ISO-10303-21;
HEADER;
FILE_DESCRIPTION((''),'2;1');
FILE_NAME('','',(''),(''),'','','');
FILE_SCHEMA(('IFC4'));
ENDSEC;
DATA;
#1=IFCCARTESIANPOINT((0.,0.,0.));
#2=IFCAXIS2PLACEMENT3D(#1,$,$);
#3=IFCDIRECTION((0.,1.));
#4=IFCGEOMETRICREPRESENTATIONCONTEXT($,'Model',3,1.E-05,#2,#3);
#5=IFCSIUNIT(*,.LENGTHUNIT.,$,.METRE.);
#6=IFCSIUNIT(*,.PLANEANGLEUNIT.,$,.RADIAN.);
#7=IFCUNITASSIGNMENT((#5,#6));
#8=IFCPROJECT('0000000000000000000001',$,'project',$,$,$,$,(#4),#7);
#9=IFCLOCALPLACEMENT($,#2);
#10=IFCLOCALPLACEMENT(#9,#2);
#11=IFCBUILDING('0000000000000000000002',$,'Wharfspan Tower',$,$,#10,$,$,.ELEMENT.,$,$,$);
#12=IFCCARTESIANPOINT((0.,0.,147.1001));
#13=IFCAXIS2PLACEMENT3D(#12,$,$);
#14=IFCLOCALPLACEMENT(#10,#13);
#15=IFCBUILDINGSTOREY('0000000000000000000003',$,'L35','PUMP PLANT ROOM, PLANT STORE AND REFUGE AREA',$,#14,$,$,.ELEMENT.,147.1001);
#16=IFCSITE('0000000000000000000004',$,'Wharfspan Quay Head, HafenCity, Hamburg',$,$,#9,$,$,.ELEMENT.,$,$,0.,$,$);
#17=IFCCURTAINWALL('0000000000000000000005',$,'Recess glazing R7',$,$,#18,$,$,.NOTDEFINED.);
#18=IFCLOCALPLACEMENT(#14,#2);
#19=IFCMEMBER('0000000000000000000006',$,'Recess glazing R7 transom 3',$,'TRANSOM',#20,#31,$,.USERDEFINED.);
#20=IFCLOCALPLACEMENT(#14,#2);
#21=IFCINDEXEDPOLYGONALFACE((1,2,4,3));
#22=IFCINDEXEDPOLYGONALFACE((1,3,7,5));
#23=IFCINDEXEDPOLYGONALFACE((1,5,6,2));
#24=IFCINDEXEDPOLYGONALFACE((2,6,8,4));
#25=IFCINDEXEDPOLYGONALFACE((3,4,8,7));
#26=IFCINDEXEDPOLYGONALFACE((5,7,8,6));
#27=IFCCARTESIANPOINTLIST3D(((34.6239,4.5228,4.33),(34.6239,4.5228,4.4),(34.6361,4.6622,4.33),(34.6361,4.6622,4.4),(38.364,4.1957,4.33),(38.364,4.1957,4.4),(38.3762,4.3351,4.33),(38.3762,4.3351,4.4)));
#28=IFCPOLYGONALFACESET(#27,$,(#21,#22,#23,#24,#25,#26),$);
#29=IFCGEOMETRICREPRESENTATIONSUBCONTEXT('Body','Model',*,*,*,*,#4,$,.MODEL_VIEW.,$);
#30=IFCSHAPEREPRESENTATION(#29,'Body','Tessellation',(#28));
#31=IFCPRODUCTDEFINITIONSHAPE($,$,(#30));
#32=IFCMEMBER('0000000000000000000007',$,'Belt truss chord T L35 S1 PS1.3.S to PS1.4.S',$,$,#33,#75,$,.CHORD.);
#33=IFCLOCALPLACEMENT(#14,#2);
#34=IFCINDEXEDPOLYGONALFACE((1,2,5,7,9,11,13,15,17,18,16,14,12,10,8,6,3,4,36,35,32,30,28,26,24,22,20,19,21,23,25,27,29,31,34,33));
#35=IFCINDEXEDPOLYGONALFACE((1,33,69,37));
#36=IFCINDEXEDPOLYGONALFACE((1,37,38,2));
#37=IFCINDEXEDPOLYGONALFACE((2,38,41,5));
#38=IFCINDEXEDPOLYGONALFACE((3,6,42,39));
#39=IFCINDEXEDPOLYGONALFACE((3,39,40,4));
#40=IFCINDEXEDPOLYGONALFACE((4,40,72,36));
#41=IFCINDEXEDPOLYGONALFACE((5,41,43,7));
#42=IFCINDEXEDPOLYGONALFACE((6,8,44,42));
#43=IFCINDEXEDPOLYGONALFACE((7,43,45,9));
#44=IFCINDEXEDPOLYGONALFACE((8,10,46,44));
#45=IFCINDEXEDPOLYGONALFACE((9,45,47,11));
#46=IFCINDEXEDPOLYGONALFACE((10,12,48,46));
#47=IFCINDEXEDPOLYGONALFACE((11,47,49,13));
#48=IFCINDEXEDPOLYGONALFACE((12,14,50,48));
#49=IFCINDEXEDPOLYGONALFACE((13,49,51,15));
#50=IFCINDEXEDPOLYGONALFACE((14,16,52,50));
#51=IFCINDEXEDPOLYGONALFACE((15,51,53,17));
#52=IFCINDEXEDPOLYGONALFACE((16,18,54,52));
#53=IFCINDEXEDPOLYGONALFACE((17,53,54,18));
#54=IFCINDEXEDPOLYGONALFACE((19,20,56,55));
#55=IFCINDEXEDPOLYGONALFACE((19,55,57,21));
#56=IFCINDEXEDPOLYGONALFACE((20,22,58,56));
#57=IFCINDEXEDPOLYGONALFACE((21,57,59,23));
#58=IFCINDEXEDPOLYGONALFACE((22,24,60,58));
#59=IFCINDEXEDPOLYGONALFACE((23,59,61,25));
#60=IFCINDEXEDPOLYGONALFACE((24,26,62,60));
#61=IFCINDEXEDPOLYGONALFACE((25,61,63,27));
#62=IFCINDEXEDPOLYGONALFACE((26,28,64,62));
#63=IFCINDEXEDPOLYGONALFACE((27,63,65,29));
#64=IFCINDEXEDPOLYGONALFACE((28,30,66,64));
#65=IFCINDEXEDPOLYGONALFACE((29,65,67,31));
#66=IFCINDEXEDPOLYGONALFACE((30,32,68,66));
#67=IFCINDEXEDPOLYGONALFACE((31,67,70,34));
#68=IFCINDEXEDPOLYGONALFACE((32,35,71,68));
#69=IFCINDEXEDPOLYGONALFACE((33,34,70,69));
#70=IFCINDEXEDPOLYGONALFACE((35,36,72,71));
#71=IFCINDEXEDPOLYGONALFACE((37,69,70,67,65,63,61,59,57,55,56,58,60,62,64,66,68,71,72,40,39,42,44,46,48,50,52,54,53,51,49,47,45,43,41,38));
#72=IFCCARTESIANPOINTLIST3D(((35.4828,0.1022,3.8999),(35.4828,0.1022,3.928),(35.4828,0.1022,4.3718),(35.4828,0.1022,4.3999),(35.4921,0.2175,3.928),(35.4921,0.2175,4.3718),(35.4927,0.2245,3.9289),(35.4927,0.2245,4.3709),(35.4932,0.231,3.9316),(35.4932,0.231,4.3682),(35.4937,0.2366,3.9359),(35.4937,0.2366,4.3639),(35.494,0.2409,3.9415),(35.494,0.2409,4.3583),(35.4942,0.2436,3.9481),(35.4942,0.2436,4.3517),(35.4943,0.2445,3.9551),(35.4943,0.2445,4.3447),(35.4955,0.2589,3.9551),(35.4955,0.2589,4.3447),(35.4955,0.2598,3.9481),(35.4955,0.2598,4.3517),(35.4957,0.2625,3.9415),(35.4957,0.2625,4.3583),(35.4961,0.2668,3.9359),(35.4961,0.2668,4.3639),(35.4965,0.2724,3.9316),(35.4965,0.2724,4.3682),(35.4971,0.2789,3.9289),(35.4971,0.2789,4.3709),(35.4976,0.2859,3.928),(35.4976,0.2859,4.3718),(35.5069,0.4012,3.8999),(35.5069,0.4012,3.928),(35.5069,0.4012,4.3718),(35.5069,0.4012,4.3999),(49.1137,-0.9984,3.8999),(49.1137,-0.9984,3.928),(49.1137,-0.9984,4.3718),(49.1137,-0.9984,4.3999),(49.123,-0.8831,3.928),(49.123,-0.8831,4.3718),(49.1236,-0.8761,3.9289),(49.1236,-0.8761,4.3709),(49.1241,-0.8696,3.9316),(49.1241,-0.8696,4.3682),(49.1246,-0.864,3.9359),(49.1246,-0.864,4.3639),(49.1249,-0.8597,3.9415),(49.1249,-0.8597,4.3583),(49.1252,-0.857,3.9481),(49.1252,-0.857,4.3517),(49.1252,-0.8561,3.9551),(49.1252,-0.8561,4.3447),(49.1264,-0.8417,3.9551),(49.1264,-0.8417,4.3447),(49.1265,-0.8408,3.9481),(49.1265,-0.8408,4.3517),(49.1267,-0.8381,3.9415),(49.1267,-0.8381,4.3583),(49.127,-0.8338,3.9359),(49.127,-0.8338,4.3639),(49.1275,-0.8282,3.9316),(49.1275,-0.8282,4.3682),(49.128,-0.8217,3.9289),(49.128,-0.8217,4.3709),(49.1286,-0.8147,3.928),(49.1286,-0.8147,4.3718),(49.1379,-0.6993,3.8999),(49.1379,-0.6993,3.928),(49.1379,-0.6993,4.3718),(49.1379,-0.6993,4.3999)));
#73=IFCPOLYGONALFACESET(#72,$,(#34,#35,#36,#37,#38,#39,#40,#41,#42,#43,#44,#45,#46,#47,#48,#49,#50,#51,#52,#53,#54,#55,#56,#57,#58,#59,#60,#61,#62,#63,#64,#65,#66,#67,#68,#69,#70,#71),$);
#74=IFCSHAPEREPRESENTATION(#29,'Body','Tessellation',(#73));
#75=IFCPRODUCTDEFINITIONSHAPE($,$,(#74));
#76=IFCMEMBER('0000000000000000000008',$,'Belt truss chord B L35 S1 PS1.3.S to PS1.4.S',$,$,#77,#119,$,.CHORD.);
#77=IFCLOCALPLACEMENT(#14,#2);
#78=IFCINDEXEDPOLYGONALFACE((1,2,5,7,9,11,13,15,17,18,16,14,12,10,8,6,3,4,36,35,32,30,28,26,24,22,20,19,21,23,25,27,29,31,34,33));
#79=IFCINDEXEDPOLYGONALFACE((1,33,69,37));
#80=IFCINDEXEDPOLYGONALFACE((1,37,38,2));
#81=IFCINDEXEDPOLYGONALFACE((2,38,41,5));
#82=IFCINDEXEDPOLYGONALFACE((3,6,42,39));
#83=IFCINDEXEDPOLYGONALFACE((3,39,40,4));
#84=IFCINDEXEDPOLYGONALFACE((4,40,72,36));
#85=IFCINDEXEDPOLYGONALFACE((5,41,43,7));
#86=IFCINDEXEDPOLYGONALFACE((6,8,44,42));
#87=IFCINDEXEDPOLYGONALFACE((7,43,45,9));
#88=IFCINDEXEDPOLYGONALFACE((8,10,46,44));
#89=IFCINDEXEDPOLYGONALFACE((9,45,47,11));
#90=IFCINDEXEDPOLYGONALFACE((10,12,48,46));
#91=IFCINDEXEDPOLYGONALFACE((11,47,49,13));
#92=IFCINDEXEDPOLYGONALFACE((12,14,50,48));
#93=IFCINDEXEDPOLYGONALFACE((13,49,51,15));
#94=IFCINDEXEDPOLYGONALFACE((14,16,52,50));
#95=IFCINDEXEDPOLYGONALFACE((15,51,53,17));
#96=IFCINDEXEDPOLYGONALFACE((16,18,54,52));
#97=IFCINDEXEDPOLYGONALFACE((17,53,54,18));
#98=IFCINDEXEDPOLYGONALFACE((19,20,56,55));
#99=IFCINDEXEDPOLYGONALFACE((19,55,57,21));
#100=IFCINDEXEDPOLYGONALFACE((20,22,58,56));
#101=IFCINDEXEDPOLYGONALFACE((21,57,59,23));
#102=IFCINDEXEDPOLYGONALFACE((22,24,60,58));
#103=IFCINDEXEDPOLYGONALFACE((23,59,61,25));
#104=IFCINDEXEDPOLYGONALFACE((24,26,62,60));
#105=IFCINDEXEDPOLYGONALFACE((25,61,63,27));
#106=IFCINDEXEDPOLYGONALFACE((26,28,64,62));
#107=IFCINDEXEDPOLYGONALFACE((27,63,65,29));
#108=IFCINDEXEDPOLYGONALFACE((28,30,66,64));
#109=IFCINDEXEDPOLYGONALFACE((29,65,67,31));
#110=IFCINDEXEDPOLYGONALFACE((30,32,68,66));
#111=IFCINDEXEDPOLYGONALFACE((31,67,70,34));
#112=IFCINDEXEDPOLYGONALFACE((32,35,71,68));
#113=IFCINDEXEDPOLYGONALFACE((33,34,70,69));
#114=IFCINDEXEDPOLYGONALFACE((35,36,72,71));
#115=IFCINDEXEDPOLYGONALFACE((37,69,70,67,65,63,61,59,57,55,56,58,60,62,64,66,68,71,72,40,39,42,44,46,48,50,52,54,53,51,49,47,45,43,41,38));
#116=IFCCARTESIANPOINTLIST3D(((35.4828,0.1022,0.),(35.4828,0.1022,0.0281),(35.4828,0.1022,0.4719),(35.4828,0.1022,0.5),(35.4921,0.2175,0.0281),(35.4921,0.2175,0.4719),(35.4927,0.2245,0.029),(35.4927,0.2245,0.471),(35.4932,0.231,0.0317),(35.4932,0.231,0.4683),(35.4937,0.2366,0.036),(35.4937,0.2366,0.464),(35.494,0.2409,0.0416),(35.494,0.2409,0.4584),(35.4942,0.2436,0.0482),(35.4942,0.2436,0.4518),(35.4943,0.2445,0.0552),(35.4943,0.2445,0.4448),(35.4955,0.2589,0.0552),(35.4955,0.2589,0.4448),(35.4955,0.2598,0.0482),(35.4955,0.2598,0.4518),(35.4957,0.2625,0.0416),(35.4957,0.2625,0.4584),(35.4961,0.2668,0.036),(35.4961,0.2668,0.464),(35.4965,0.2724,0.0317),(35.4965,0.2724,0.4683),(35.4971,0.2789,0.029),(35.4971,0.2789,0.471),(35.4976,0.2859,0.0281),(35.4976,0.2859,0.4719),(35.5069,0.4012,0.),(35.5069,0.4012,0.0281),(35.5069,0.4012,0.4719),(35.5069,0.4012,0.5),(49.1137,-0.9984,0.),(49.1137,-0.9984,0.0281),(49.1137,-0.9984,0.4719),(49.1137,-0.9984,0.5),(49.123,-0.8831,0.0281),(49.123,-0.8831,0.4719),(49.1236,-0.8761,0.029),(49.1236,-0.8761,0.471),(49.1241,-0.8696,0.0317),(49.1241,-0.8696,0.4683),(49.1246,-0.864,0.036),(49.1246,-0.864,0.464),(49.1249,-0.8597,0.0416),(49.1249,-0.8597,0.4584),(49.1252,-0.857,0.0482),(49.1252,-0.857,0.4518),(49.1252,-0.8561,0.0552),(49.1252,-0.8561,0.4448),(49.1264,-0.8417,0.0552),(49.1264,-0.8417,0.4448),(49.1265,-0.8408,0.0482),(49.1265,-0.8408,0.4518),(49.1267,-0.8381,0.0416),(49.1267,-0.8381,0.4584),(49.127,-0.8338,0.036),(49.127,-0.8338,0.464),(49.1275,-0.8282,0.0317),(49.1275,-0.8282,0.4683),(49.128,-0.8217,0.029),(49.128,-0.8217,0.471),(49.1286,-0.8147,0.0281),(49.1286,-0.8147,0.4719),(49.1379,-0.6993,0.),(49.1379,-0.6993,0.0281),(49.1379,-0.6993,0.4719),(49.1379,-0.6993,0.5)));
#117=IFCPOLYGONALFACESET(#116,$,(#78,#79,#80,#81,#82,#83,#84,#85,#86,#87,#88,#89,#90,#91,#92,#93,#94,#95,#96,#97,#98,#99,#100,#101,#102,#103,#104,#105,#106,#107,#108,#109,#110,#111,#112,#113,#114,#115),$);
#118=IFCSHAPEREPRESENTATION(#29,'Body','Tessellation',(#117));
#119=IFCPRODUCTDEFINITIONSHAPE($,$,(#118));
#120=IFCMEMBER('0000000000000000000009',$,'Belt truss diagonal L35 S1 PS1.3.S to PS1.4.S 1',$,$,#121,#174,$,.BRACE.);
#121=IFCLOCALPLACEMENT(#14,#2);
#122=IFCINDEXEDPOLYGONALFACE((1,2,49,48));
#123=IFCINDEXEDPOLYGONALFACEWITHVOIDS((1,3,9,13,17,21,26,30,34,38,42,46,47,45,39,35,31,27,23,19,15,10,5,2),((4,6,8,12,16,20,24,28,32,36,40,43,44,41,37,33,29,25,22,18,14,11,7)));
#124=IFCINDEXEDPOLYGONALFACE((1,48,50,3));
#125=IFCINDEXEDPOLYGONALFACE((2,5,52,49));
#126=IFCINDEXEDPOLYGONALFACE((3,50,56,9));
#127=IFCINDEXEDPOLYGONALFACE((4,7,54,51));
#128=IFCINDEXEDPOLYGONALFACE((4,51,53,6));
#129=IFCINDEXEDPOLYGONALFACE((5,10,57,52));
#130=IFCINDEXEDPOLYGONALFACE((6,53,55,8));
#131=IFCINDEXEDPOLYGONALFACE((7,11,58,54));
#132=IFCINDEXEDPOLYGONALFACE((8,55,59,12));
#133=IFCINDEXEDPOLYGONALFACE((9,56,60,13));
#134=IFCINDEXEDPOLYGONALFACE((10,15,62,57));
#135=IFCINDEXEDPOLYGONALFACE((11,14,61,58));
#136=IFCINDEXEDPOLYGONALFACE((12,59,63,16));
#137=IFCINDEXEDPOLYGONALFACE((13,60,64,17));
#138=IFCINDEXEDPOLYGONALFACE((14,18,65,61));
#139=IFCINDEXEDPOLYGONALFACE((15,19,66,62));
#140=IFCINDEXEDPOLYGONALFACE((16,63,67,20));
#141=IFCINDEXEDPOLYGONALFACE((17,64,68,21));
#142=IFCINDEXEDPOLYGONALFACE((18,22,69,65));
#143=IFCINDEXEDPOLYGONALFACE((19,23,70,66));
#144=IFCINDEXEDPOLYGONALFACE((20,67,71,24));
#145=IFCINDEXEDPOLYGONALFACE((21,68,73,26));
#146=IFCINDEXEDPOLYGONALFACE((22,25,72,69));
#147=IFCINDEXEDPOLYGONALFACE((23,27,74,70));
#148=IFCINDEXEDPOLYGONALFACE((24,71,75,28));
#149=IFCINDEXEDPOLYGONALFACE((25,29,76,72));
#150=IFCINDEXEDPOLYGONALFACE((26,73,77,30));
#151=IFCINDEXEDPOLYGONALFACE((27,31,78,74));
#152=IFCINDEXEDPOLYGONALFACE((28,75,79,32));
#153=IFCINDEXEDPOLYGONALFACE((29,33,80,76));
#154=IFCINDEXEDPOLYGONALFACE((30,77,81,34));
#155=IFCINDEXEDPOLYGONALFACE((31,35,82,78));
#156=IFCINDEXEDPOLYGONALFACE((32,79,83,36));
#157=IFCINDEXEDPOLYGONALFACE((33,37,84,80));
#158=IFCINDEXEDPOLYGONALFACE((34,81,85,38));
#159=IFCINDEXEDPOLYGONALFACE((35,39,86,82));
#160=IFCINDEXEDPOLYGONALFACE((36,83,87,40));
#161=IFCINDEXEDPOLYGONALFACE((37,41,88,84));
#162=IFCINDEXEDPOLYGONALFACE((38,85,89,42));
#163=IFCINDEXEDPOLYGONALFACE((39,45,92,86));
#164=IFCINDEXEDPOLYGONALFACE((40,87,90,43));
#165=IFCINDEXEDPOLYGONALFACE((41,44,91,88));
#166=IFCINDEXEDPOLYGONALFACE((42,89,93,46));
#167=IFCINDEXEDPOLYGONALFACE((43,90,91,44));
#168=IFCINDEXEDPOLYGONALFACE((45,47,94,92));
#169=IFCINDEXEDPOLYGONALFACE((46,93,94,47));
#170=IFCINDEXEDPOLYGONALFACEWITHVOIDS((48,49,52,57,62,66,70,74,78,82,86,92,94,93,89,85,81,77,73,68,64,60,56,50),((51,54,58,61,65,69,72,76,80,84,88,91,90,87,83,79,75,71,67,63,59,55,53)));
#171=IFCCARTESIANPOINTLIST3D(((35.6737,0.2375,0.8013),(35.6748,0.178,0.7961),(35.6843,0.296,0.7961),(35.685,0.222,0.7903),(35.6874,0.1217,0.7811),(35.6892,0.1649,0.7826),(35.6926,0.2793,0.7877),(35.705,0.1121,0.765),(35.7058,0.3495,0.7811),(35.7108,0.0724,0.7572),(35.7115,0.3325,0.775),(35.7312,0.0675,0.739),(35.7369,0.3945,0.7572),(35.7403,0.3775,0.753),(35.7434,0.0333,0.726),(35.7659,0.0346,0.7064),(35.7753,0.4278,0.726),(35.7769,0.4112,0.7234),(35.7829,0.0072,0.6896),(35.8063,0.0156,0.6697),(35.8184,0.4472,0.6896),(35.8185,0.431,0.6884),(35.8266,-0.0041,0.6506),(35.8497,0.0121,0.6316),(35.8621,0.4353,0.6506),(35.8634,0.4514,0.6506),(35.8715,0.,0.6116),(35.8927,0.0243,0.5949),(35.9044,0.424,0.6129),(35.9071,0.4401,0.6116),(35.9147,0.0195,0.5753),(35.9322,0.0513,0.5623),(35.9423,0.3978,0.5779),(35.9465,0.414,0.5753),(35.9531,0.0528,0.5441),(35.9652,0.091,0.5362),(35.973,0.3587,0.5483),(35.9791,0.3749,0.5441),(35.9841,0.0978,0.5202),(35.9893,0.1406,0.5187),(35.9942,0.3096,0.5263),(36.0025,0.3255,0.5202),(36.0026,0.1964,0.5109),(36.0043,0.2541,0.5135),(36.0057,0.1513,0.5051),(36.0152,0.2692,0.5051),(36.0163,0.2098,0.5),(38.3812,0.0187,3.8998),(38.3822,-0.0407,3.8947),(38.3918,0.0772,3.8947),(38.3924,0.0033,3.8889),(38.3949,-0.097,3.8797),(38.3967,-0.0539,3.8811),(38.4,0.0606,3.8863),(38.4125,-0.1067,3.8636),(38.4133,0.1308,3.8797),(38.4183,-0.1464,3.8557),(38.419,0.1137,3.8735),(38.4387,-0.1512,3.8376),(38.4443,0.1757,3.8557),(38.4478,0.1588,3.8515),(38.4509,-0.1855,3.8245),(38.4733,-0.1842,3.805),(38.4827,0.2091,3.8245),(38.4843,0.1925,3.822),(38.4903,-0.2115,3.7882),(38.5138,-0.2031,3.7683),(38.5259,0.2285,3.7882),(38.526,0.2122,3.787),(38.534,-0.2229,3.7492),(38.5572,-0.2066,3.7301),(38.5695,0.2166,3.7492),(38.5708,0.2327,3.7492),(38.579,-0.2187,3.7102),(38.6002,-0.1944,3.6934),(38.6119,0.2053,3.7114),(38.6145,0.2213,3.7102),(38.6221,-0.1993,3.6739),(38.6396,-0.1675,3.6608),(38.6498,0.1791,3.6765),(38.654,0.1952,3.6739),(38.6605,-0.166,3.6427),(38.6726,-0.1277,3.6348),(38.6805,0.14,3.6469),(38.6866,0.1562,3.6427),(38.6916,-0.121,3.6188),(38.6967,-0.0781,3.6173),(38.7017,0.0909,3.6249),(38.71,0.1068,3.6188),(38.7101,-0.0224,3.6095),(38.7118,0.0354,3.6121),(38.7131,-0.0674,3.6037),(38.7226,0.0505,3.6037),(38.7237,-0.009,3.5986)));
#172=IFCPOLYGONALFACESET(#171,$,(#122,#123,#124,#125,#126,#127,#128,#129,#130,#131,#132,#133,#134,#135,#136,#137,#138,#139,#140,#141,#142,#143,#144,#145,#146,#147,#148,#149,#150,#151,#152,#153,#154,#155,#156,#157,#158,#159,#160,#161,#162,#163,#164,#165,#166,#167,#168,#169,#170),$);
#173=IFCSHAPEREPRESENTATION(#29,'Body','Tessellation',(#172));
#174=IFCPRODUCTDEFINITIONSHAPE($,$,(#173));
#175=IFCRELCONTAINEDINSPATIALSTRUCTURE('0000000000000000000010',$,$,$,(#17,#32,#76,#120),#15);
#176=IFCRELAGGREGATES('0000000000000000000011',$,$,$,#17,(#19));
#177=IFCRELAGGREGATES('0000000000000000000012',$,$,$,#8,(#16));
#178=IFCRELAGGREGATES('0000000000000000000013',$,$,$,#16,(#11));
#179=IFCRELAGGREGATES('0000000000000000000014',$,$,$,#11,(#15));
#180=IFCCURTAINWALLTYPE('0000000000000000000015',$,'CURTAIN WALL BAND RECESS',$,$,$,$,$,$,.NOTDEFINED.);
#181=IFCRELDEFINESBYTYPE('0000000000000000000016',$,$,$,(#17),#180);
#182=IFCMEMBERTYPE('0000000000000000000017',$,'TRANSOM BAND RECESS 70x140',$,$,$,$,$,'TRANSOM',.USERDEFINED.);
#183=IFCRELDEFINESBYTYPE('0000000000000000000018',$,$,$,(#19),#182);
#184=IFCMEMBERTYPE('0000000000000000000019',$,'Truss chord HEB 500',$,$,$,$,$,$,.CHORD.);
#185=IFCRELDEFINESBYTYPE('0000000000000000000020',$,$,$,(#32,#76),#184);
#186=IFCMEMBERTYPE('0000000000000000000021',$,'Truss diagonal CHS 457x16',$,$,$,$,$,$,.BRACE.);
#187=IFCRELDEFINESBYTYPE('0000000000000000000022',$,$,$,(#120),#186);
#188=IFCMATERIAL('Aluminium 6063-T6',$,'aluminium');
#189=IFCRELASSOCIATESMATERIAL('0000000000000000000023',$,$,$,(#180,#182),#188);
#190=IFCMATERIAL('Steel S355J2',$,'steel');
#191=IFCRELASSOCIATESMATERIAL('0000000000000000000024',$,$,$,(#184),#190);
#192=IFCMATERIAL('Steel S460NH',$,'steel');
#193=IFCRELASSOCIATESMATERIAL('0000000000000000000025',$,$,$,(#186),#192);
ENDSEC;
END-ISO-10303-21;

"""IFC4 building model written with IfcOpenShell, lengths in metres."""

from ifc_helpers import new_model, si_unit, direction, frame, origin, origin_2d, place, context, subcontext, project, spatial, rectangle, hollow_circle, i_section, extrude, material, material_profile, profile_set, type_object, element, aggregate, save


model = new_model("IFC4")

# Units and contexts
model_context = context("Model", 3, precision=1e-05, world=origin(), true_north=direction((0.0, 1.0)))
body_context = subcontext(model_context, "Body", "Model", "MODEL_VIEW")
ifc_project = project(units=[si_unit("LENGTHUNIT", "METRE"), si_unit("PLANEANGLEUNIT", "RADIAN")], contexts=[model_context])

# Site, building, storey
site_placement = place(None, origin())
site = spatial("IfcSite", under=ifc_project, at=site_placement, Name="Wharfspan Quay Head, HafenCity, Hamburg", CompositionType="ELEMENT", RefElevation=0.0)
building_placement = place(site_placement, origin())
building = spatial("IfcBuilding", under=site, at=building_placement, Name="Wharfspan Tower", CompositionType="ELEMENT")
storey_placement = place(building_placement, frame((0.0, 0.0, 147.1001)))
storey = spatial("IfcBuildingStorey", under=building, at=storey_placement, Name="L35", Description="PUMP PLANT ROOM, PLANT STORE AND REFUGE AREA", CompositionType="ELEMENT", Elevation=147.1001)

# Shared definitions
ifc_material_1 = material(Name="Steel S355J2", Category="steel")

# Curtain wall, member
ifc_material_2 = material(Name="Aluminium 6063-T6", Category="aluminium")
curtain_wall_type = type_object("IfcCurtainWallType", Name="CURTAIN WALL BAND RECESS", PredefinedType="NOTDEFINED", material=ifc_material_2)
curtain_wall_placement = place(storey_placement, origin())
curtain_wall = element("IfcCurtainWall", 1, at=curtain_wall_placement, inside=storey, type_object=curtain_wall_type, Name="Recess glazing R7", PredefinedType="NOTDEFINED")
ifc_material_profile_1 = material_profile(ifc_material_2, rectangle(XDim=0.1399, YDim=0.0701, at=origin_2d()))
ifc_profile_set_1 = profile_set([ifc_material_profile_1], Name="Aluminium 6063-T6")
member_type_1 = type_object("IfcMemberType", Name="TRANSOM BAND RECESS 70x140", ElementType="TRANSOM", PredefinedType="USERDEFINED", material=ifc_profile_set_1)
member_1_placement = place(storey_placement, frame((38.3701, 4.2654, 4.365), z_axis=(-0.996197, 0.087135, 0.0), x_axis=(-0.087135, -0.996197, 0.0)))
member_1 = element("IfcMember", 2, at=member_1_placement, type_object=member_type_1, Name="Recess glazing R7 transom 3", ObjectType="TRANSOM", PredefinedType="USERDEFINED", context=body_context, shape_type="SweptSolid", body=[
    extrude(rectangle(XDim=0.1399, YDim=0.0701, at=origin_2d()), origin(), (0.0, 0.0, 1.0), 3.7544),
])

# Members
ifc_material_profile_2 = material_profile(ifc_material_1, i_section(OverallWidth=0.3, OverallDepth=0.5, WebThickness=0.0144, FlangeThickness=0.0281, FilletRadius=0.0271, at=origin_2d()))
ifc_profile_set_2 = profile_set([ifc_material_profile_2], Name="Steel S355J2")
member_type_2 = type_object("IfcMemberType", Name="Truss chord HEB 500", PredefinedType="CHORD", material=ifc_profile_set_2)
for number, where, z_axis, x_axis, name in (
    (3, (35.4949, 0.2517, 4.1499), (0.996756, -0.08048, 0.0), (0.08048, 0.996756, 0.0), "Belt truss chord T L35 S1 PS1.3.S to PS1.4.S"),
    (4, (35.4949, 0.2517, 0.25), (0.996756, -0.08048, 0.0), (0.08048, 0.996756, 0.0), "Belt truss chord B L35 S1 PS1.3.S to PS1.4.S"),
):
    element("IfcMember", number, at=place(storey_placement, frame(where, z_axis=z_axis, x_axis=x_axis)), inside=storey, type_object=member_type_2, Name=name, PredefinedType="CHORD", context=body_context, shape_type="SweptSolid", body=[
        extrude(i_section(OverallWidth=0.3, OverallDepth=0.5, WebThickness=0.0144, FlangeThickness=0.0281, FilletRadius=0.0271, at=origin_2d()), origin(), (0.0, 0.0, 1.0), 13.6753),
    ])
ifc_material_3 = material(Name="Steel S460NH", Category="steel")
ifc_material_profile_3 = material_profile(ifc_material_3, hollow_circle(Radius=0.2285, WallThickness=0.0161, at=origin_2d()))
ifc_profile_set_3 = profile_set([ifc_material_profile_3], Name="Steel S460NH")
member_type_3 = type_object("IfcMemberType", Name="Truss diagonal CHS 457x16", PredefinedType="BRACE", material=ifc_profile_set_3)
for number, where, z_axis, x_axis, name in (
    (5, (35.845, 0.2236, 0.6506), (0.657056, -0.053086, 0.75197), (0.08053, 0.99675, 0.000001), "Belt truss diagonal L35 S1 PS1.3.S to PS1.4.S 1"),
):
    element("IfcMember", number, at=place(storey_placement, frame(where, z_axis=z_axis, x_axis=x_axis)), inside=storey, type_object=member_type_3, Name=name, PredefinedType="BRACE", context=body_context, shape_type="SweptSolid", body=[
        extrude(hollow_circle(Radius=0.2285, WallThickness=0.0161, at=origin_2d()), origin(), (0.0, 0.0, 1.0), 4.1206),
    ])

aggregate(curtain_wall, [member_1])

save(model, "model.ifc")
